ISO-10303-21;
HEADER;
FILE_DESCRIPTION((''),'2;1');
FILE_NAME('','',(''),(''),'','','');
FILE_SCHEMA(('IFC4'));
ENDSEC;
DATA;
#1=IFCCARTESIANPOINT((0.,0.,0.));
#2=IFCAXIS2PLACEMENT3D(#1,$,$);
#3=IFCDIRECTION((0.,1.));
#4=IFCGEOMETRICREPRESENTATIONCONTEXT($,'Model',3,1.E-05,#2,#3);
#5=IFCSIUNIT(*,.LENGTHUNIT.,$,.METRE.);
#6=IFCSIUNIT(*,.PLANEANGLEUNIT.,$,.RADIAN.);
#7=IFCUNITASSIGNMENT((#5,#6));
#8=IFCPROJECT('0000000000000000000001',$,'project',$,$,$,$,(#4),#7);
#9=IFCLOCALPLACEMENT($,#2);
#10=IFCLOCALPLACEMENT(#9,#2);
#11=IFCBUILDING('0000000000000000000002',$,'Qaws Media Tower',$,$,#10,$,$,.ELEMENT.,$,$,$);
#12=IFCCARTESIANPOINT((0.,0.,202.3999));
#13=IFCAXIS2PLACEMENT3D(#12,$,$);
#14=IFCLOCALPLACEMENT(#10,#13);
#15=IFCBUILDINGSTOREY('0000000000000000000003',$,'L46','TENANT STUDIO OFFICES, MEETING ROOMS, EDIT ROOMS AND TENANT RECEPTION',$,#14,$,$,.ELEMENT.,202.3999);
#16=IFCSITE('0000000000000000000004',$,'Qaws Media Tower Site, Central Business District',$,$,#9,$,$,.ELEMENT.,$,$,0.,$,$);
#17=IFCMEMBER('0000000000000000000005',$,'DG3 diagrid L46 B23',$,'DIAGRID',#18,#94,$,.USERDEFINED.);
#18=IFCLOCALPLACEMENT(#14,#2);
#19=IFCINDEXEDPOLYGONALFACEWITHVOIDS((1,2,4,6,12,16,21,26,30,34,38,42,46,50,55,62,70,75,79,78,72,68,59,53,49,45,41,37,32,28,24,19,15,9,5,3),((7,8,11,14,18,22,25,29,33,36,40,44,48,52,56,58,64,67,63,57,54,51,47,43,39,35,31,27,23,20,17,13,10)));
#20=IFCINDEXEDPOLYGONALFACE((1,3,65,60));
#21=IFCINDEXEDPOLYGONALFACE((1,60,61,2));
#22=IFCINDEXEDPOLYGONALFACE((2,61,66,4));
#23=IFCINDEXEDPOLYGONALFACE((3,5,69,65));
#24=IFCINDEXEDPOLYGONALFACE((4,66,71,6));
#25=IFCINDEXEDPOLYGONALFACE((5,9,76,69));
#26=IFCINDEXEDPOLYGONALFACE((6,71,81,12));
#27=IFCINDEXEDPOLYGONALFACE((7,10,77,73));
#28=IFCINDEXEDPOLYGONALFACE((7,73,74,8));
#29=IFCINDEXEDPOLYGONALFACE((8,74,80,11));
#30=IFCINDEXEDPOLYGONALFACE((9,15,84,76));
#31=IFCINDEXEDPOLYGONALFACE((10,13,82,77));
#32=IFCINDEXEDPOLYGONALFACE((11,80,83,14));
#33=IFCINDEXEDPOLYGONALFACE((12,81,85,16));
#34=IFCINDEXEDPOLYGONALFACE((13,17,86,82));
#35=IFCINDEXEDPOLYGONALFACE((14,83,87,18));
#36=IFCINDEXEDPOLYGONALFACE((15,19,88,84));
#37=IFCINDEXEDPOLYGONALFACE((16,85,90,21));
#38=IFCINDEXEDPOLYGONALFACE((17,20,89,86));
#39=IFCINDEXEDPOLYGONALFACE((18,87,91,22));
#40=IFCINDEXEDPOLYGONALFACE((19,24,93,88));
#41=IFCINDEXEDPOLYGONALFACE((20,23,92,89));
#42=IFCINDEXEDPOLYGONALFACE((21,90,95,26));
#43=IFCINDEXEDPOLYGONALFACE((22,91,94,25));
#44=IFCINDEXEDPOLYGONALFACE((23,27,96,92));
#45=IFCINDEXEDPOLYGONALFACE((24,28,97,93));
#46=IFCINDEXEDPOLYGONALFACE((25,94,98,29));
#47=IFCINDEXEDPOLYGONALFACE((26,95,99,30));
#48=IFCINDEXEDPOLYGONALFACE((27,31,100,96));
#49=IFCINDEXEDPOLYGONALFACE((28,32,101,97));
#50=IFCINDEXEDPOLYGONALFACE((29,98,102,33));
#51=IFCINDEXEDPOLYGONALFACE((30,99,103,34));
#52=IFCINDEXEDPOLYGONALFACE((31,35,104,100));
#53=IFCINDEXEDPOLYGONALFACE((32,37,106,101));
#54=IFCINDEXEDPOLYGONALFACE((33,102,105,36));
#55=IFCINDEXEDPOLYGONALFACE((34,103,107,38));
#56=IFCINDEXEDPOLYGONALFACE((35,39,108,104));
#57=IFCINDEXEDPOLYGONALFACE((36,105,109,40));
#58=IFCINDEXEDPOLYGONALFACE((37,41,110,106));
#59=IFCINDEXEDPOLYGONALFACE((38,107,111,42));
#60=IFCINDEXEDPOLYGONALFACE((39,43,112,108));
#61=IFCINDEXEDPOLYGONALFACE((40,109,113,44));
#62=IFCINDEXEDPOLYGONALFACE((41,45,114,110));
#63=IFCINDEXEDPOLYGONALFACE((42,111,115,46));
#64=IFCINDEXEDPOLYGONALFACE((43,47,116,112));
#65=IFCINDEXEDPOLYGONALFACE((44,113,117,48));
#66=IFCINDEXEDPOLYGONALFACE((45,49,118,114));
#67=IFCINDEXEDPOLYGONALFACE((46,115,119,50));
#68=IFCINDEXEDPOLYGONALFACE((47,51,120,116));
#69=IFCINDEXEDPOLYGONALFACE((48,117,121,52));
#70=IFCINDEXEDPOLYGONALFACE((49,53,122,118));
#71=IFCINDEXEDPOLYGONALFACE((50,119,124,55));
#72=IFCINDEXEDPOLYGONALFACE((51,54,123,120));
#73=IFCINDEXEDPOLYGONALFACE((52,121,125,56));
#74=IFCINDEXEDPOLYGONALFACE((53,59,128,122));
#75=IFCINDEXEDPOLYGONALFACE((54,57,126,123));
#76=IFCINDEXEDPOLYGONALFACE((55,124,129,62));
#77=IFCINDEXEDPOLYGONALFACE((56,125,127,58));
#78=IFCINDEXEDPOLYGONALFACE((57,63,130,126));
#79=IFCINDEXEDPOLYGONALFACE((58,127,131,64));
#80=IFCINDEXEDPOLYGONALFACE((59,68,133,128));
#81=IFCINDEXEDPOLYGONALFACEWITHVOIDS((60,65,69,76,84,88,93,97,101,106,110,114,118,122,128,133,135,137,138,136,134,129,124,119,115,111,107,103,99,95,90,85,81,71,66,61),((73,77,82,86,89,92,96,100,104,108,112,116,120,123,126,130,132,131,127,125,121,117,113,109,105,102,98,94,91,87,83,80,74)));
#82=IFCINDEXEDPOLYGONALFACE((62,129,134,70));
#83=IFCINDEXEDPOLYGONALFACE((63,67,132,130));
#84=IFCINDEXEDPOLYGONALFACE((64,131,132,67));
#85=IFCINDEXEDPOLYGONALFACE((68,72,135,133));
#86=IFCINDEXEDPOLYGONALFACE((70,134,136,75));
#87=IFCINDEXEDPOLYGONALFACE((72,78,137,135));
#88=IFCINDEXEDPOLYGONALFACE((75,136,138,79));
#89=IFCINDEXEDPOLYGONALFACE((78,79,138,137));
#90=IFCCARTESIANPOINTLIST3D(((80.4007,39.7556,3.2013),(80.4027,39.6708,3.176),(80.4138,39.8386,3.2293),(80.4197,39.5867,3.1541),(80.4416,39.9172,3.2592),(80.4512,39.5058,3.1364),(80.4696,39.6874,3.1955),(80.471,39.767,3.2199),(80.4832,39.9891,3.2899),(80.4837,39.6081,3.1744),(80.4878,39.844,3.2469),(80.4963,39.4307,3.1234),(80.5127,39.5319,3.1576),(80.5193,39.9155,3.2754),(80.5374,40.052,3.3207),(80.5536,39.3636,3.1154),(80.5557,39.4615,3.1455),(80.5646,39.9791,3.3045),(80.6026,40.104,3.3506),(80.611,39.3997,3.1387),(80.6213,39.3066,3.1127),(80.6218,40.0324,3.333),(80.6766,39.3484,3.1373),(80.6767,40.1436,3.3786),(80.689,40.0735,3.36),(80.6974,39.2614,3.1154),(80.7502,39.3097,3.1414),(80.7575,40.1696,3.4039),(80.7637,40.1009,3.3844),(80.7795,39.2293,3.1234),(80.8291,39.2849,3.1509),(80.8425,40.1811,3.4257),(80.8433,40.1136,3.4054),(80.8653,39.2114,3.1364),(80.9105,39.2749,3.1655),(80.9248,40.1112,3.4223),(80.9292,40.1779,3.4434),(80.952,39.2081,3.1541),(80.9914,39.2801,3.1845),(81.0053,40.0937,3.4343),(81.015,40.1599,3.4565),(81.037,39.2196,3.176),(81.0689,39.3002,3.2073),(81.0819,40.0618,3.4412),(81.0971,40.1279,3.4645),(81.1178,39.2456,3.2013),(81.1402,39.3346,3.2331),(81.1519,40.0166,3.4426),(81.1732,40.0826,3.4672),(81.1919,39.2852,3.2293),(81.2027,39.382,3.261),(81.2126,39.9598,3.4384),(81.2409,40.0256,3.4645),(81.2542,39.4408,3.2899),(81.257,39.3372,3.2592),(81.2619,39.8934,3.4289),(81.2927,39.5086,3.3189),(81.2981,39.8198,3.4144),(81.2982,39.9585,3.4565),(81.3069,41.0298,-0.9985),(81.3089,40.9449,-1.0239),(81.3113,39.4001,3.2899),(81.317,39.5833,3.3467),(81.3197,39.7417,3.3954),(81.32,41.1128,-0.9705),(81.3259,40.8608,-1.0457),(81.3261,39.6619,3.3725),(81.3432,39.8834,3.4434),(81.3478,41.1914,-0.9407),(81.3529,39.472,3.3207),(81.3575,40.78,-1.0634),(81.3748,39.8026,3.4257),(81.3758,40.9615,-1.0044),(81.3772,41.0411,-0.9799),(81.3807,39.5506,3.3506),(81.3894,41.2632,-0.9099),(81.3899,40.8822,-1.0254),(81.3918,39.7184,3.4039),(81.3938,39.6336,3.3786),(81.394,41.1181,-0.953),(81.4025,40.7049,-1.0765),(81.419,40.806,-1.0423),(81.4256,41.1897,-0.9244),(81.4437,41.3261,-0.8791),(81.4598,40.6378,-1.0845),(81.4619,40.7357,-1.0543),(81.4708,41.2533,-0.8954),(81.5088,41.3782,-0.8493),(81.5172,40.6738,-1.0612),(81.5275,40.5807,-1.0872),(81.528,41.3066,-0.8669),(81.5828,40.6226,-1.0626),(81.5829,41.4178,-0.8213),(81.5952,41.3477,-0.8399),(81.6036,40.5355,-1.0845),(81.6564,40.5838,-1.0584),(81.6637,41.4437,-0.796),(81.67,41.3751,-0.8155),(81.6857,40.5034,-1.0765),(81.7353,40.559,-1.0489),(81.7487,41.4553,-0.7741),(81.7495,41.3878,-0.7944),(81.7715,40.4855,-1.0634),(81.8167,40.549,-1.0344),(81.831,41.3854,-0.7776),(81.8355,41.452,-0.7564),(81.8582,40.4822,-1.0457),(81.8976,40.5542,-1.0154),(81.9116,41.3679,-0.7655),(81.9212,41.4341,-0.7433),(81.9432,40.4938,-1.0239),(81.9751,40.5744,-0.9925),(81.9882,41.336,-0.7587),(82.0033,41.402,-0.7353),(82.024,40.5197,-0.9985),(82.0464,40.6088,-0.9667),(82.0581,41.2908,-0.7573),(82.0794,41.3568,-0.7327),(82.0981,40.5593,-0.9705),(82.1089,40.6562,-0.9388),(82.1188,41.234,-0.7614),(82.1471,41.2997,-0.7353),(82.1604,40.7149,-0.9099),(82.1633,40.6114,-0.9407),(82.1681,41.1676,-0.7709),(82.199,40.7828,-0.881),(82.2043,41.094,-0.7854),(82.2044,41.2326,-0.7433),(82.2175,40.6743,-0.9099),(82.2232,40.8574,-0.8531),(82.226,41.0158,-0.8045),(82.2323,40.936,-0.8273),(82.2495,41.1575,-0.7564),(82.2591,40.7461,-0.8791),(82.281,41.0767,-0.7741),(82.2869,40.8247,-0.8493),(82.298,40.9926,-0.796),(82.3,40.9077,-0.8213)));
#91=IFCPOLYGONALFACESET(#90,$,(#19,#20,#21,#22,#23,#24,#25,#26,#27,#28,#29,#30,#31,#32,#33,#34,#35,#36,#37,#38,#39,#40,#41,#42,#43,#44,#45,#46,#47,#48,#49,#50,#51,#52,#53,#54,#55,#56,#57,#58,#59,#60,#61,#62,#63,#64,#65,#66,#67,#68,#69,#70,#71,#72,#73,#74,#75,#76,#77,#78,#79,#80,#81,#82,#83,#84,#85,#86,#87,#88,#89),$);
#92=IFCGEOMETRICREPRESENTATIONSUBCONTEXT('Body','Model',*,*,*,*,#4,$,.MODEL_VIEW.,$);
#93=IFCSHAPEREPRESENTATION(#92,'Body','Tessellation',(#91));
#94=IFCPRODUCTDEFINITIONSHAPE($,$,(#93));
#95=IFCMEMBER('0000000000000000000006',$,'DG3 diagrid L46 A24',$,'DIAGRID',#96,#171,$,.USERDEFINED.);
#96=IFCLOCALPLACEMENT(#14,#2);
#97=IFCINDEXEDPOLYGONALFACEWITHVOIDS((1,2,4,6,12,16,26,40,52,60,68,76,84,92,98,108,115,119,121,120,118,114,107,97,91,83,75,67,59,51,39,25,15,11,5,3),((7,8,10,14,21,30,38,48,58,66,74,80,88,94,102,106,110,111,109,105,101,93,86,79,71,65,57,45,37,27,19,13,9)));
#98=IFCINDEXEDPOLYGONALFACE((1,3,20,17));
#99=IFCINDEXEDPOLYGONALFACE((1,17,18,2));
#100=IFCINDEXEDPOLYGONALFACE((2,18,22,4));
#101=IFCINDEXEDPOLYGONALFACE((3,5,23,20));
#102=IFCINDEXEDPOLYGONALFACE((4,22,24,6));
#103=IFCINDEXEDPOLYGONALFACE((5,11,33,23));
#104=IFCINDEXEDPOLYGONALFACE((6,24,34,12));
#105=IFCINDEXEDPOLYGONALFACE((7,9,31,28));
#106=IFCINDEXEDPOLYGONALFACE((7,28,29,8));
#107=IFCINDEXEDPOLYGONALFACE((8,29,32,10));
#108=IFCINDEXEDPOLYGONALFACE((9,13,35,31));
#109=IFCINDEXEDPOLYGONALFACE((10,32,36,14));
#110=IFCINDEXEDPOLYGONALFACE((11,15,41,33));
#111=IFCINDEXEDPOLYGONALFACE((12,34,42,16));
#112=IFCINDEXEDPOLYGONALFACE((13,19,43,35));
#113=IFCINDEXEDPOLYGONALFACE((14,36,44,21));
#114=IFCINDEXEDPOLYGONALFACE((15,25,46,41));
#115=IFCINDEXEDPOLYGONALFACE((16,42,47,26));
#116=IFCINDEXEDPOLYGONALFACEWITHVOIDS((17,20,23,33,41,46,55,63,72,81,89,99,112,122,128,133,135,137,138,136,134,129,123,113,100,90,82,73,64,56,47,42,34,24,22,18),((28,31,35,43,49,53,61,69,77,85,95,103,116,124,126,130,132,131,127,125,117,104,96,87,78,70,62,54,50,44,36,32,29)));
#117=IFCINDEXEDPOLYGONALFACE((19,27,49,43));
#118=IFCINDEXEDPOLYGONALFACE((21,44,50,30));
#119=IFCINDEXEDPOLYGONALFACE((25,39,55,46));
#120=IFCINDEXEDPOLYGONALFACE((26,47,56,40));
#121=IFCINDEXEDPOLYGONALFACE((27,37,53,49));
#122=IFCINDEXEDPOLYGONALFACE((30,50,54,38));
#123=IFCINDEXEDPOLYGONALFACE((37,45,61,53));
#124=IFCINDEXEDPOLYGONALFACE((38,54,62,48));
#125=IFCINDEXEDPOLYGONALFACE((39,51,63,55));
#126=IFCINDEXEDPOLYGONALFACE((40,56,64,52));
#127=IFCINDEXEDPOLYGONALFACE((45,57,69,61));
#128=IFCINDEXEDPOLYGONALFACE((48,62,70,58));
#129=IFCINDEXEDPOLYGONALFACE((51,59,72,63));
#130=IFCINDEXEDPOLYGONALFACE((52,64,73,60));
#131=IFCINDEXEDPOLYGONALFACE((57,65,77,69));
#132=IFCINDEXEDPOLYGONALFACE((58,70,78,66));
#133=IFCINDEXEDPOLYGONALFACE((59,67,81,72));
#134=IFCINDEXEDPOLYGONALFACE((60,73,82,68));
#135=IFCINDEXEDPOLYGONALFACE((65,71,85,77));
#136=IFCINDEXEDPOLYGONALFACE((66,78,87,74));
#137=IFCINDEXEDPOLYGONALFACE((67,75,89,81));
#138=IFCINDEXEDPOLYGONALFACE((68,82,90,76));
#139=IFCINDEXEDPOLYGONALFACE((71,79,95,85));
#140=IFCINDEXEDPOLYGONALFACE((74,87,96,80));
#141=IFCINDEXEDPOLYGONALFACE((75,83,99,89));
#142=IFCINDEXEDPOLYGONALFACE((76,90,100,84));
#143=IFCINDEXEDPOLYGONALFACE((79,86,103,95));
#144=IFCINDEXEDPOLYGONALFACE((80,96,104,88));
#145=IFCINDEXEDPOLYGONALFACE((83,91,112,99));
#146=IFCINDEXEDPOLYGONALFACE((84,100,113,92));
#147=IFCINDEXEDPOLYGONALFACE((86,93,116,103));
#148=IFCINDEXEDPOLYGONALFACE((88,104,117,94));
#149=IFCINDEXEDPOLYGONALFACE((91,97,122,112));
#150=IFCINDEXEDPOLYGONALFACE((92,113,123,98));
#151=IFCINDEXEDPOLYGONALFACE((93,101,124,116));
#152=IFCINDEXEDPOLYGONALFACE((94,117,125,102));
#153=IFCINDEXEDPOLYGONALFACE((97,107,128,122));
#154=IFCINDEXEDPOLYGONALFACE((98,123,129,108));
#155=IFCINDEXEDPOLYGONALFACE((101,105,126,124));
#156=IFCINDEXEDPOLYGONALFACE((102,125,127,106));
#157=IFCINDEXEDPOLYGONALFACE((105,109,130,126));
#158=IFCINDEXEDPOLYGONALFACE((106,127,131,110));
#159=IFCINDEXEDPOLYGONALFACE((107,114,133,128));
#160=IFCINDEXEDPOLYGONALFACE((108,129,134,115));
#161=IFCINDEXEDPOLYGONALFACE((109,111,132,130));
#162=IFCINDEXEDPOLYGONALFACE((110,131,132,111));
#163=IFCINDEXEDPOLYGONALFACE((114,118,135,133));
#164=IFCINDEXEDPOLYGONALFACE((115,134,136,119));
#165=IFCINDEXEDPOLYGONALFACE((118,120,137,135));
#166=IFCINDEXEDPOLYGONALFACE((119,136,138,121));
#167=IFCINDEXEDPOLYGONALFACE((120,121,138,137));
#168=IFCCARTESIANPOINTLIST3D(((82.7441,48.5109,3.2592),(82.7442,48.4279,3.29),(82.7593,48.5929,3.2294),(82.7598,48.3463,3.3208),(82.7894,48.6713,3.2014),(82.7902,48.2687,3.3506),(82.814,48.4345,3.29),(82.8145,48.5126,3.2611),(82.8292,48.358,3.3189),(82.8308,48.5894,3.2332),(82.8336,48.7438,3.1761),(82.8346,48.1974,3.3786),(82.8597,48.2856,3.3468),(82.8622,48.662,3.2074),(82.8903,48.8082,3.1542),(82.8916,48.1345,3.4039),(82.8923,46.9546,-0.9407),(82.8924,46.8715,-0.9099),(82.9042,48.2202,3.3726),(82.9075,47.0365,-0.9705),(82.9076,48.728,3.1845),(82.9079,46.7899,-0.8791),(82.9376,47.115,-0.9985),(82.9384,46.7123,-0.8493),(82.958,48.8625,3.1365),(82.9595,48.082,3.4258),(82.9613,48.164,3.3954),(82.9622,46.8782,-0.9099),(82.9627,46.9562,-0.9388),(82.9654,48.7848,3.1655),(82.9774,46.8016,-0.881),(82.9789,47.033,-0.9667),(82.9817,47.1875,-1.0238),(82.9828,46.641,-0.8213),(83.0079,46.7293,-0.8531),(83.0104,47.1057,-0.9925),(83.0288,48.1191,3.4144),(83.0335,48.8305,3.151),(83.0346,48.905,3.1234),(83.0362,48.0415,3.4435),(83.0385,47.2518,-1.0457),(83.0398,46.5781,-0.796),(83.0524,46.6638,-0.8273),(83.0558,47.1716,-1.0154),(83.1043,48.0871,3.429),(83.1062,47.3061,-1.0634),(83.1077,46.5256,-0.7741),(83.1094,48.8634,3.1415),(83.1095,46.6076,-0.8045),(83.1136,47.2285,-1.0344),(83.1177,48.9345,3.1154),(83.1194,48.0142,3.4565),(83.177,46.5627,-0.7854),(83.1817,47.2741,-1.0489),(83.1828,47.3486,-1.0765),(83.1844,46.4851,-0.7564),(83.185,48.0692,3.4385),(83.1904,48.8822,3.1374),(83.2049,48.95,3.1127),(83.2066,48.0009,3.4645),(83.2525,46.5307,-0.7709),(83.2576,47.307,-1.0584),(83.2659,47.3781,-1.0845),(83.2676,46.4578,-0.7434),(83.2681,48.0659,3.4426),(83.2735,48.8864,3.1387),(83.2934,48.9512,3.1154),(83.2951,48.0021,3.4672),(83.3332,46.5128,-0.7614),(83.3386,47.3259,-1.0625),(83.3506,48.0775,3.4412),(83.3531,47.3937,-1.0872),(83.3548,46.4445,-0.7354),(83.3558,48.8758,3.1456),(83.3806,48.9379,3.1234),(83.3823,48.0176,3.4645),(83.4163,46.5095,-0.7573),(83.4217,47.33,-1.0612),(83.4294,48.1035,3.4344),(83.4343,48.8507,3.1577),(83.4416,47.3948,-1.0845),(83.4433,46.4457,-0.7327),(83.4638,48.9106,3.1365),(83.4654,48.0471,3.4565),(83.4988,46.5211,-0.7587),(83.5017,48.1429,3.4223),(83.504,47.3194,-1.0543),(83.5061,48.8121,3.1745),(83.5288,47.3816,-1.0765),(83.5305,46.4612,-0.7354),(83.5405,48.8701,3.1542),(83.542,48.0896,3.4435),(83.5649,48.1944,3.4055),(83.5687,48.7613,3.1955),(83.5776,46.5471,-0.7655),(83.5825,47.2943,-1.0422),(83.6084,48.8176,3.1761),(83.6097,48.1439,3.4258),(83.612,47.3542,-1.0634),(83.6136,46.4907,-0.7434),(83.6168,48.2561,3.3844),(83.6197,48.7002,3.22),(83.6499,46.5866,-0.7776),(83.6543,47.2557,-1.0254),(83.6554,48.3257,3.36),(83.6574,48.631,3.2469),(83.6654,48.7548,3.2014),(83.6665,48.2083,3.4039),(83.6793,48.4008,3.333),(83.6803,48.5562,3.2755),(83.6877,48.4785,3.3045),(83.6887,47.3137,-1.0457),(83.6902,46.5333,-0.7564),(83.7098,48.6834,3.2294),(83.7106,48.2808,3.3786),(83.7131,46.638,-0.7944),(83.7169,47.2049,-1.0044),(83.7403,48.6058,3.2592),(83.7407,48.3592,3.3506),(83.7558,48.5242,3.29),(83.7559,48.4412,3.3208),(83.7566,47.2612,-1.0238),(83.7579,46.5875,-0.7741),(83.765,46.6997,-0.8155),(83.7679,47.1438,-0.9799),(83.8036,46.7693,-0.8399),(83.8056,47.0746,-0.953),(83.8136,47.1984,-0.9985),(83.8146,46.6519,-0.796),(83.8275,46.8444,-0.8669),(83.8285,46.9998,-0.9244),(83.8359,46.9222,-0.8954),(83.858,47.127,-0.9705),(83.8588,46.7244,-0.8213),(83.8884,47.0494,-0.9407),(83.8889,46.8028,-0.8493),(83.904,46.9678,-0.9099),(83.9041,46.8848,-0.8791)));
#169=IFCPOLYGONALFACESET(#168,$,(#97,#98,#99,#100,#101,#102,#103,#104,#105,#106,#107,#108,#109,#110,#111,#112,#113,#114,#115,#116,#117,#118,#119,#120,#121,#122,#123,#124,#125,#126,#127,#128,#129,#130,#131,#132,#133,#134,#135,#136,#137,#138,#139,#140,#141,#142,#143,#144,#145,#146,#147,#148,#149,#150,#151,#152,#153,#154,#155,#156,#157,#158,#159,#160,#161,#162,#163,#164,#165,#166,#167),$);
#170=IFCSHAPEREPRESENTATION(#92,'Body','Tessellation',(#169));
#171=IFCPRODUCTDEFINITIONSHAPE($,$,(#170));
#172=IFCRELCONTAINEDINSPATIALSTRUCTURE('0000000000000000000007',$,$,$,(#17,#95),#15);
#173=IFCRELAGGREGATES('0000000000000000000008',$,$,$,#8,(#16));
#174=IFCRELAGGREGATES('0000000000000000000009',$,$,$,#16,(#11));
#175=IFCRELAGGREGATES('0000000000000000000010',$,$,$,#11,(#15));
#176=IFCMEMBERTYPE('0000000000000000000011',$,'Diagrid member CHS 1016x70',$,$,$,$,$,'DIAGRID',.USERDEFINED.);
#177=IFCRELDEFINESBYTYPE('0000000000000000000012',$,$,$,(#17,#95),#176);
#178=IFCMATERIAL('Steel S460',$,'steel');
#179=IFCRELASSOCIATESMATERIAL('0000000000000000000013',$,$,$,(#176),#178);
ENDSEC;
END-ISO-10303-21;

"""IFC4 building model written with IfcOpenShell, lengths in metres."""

from ifc_helpers import new_model, si_unit, direction, frame, origin, origin_2d, place, context, subcontext, project, spatial, hollow_circle, extrude, material, material_profile, profile_set, type_object, element, save


model = new_model("IFC4")

# Units and contexts
model_context = context("Model", 3, precision=1e-05, world=origin(), true_north=direction((0.0, 1.0)))
body_context = subcontext(model_context, "Body", "Model", "MODEL_VIEW")
ifc_project = project(units=[si_unit("LENGTHUNIT", "METRE"), si_unit("PLANEANGLEUNIT", "RADIAN")], contexts=[model_context])

# Site, building, storey
site_placement = place(None, origin())
site = spatial("IfcSite", under=ifc_project, at=site_placement, Name="Qaws Media Tower Site, Central Business District", CompositionType="ELEMENT", RefElevation=0.0)
building_placement = place(site_placement, origin())
building = spatial("IfcBuilding", under=site, at=building_placement, Name="Qaws Media Tower", CompositionType="ELEMENT")
storey_placement = place(building_placement, frame((0.0, 0.0, 202.3999)))
storey = spatial("IfcBuildingStorey", under=building, at=storey_placement, Name="L46", Description="TENANT STUDIO OFFICES, MEETING ROOMS, EDIT ROOMS AND TENANT RECEPTION", CompositionType="ELEMENT", Elevation=202.3999)

# Members
ifc_material_1 = material(Name="Steel S460", Category="steel")
ifc_material_profile_1 = material_profile(ifc_material_1, hollow_circle(Radius=0.5081, WallThickness=0.0701, at=origin_2d()), Name="CHS 1016x70")
ifc_profile_set_1 = profile_set([ifc_material_profile_1], Name="Steel S460")
member_type_1 = type_object("IfcMemberType", Name="Diagrid member CHS 1016x70", ElementType="DIAGRID", PredefinedType="USERDEFINED", material=ifc_profile_set_1)
for number, where, z_axis, x_axis, name in (
    (1, (81.8035, 40.9688, -0.9099), (-0.202217, -0.284314, 0.937163), (0.814903, -0.579598, 0.0), "DG3 diagrid L46 B23"),
    (2, (83.3982, 46.9197, -0.9099), (-0.033068, 0.347293, 0.937173), (-0.995498, -0.094787, 0.0), "DG3 diagrid L46 A24"),
):
    element("IfcMember", number, at=place(storey_placement, frame(where, z_axis=z_axis, x_axis=x_axis)), inside=storey, type_object=member_type_1, Name=name, ObjectType="DIAGRID", PredefinedType="USERDEFINED", context=body_context, shape_type="SweptSolid", body=[
        extrude(hollow_circle(Radius=0.5081, WallThickness=0.0701, at=origin_2d()), origin(), (0.0, 0.0, 1.0), 4.4814),
    ])

save(model, "model.ifc")
